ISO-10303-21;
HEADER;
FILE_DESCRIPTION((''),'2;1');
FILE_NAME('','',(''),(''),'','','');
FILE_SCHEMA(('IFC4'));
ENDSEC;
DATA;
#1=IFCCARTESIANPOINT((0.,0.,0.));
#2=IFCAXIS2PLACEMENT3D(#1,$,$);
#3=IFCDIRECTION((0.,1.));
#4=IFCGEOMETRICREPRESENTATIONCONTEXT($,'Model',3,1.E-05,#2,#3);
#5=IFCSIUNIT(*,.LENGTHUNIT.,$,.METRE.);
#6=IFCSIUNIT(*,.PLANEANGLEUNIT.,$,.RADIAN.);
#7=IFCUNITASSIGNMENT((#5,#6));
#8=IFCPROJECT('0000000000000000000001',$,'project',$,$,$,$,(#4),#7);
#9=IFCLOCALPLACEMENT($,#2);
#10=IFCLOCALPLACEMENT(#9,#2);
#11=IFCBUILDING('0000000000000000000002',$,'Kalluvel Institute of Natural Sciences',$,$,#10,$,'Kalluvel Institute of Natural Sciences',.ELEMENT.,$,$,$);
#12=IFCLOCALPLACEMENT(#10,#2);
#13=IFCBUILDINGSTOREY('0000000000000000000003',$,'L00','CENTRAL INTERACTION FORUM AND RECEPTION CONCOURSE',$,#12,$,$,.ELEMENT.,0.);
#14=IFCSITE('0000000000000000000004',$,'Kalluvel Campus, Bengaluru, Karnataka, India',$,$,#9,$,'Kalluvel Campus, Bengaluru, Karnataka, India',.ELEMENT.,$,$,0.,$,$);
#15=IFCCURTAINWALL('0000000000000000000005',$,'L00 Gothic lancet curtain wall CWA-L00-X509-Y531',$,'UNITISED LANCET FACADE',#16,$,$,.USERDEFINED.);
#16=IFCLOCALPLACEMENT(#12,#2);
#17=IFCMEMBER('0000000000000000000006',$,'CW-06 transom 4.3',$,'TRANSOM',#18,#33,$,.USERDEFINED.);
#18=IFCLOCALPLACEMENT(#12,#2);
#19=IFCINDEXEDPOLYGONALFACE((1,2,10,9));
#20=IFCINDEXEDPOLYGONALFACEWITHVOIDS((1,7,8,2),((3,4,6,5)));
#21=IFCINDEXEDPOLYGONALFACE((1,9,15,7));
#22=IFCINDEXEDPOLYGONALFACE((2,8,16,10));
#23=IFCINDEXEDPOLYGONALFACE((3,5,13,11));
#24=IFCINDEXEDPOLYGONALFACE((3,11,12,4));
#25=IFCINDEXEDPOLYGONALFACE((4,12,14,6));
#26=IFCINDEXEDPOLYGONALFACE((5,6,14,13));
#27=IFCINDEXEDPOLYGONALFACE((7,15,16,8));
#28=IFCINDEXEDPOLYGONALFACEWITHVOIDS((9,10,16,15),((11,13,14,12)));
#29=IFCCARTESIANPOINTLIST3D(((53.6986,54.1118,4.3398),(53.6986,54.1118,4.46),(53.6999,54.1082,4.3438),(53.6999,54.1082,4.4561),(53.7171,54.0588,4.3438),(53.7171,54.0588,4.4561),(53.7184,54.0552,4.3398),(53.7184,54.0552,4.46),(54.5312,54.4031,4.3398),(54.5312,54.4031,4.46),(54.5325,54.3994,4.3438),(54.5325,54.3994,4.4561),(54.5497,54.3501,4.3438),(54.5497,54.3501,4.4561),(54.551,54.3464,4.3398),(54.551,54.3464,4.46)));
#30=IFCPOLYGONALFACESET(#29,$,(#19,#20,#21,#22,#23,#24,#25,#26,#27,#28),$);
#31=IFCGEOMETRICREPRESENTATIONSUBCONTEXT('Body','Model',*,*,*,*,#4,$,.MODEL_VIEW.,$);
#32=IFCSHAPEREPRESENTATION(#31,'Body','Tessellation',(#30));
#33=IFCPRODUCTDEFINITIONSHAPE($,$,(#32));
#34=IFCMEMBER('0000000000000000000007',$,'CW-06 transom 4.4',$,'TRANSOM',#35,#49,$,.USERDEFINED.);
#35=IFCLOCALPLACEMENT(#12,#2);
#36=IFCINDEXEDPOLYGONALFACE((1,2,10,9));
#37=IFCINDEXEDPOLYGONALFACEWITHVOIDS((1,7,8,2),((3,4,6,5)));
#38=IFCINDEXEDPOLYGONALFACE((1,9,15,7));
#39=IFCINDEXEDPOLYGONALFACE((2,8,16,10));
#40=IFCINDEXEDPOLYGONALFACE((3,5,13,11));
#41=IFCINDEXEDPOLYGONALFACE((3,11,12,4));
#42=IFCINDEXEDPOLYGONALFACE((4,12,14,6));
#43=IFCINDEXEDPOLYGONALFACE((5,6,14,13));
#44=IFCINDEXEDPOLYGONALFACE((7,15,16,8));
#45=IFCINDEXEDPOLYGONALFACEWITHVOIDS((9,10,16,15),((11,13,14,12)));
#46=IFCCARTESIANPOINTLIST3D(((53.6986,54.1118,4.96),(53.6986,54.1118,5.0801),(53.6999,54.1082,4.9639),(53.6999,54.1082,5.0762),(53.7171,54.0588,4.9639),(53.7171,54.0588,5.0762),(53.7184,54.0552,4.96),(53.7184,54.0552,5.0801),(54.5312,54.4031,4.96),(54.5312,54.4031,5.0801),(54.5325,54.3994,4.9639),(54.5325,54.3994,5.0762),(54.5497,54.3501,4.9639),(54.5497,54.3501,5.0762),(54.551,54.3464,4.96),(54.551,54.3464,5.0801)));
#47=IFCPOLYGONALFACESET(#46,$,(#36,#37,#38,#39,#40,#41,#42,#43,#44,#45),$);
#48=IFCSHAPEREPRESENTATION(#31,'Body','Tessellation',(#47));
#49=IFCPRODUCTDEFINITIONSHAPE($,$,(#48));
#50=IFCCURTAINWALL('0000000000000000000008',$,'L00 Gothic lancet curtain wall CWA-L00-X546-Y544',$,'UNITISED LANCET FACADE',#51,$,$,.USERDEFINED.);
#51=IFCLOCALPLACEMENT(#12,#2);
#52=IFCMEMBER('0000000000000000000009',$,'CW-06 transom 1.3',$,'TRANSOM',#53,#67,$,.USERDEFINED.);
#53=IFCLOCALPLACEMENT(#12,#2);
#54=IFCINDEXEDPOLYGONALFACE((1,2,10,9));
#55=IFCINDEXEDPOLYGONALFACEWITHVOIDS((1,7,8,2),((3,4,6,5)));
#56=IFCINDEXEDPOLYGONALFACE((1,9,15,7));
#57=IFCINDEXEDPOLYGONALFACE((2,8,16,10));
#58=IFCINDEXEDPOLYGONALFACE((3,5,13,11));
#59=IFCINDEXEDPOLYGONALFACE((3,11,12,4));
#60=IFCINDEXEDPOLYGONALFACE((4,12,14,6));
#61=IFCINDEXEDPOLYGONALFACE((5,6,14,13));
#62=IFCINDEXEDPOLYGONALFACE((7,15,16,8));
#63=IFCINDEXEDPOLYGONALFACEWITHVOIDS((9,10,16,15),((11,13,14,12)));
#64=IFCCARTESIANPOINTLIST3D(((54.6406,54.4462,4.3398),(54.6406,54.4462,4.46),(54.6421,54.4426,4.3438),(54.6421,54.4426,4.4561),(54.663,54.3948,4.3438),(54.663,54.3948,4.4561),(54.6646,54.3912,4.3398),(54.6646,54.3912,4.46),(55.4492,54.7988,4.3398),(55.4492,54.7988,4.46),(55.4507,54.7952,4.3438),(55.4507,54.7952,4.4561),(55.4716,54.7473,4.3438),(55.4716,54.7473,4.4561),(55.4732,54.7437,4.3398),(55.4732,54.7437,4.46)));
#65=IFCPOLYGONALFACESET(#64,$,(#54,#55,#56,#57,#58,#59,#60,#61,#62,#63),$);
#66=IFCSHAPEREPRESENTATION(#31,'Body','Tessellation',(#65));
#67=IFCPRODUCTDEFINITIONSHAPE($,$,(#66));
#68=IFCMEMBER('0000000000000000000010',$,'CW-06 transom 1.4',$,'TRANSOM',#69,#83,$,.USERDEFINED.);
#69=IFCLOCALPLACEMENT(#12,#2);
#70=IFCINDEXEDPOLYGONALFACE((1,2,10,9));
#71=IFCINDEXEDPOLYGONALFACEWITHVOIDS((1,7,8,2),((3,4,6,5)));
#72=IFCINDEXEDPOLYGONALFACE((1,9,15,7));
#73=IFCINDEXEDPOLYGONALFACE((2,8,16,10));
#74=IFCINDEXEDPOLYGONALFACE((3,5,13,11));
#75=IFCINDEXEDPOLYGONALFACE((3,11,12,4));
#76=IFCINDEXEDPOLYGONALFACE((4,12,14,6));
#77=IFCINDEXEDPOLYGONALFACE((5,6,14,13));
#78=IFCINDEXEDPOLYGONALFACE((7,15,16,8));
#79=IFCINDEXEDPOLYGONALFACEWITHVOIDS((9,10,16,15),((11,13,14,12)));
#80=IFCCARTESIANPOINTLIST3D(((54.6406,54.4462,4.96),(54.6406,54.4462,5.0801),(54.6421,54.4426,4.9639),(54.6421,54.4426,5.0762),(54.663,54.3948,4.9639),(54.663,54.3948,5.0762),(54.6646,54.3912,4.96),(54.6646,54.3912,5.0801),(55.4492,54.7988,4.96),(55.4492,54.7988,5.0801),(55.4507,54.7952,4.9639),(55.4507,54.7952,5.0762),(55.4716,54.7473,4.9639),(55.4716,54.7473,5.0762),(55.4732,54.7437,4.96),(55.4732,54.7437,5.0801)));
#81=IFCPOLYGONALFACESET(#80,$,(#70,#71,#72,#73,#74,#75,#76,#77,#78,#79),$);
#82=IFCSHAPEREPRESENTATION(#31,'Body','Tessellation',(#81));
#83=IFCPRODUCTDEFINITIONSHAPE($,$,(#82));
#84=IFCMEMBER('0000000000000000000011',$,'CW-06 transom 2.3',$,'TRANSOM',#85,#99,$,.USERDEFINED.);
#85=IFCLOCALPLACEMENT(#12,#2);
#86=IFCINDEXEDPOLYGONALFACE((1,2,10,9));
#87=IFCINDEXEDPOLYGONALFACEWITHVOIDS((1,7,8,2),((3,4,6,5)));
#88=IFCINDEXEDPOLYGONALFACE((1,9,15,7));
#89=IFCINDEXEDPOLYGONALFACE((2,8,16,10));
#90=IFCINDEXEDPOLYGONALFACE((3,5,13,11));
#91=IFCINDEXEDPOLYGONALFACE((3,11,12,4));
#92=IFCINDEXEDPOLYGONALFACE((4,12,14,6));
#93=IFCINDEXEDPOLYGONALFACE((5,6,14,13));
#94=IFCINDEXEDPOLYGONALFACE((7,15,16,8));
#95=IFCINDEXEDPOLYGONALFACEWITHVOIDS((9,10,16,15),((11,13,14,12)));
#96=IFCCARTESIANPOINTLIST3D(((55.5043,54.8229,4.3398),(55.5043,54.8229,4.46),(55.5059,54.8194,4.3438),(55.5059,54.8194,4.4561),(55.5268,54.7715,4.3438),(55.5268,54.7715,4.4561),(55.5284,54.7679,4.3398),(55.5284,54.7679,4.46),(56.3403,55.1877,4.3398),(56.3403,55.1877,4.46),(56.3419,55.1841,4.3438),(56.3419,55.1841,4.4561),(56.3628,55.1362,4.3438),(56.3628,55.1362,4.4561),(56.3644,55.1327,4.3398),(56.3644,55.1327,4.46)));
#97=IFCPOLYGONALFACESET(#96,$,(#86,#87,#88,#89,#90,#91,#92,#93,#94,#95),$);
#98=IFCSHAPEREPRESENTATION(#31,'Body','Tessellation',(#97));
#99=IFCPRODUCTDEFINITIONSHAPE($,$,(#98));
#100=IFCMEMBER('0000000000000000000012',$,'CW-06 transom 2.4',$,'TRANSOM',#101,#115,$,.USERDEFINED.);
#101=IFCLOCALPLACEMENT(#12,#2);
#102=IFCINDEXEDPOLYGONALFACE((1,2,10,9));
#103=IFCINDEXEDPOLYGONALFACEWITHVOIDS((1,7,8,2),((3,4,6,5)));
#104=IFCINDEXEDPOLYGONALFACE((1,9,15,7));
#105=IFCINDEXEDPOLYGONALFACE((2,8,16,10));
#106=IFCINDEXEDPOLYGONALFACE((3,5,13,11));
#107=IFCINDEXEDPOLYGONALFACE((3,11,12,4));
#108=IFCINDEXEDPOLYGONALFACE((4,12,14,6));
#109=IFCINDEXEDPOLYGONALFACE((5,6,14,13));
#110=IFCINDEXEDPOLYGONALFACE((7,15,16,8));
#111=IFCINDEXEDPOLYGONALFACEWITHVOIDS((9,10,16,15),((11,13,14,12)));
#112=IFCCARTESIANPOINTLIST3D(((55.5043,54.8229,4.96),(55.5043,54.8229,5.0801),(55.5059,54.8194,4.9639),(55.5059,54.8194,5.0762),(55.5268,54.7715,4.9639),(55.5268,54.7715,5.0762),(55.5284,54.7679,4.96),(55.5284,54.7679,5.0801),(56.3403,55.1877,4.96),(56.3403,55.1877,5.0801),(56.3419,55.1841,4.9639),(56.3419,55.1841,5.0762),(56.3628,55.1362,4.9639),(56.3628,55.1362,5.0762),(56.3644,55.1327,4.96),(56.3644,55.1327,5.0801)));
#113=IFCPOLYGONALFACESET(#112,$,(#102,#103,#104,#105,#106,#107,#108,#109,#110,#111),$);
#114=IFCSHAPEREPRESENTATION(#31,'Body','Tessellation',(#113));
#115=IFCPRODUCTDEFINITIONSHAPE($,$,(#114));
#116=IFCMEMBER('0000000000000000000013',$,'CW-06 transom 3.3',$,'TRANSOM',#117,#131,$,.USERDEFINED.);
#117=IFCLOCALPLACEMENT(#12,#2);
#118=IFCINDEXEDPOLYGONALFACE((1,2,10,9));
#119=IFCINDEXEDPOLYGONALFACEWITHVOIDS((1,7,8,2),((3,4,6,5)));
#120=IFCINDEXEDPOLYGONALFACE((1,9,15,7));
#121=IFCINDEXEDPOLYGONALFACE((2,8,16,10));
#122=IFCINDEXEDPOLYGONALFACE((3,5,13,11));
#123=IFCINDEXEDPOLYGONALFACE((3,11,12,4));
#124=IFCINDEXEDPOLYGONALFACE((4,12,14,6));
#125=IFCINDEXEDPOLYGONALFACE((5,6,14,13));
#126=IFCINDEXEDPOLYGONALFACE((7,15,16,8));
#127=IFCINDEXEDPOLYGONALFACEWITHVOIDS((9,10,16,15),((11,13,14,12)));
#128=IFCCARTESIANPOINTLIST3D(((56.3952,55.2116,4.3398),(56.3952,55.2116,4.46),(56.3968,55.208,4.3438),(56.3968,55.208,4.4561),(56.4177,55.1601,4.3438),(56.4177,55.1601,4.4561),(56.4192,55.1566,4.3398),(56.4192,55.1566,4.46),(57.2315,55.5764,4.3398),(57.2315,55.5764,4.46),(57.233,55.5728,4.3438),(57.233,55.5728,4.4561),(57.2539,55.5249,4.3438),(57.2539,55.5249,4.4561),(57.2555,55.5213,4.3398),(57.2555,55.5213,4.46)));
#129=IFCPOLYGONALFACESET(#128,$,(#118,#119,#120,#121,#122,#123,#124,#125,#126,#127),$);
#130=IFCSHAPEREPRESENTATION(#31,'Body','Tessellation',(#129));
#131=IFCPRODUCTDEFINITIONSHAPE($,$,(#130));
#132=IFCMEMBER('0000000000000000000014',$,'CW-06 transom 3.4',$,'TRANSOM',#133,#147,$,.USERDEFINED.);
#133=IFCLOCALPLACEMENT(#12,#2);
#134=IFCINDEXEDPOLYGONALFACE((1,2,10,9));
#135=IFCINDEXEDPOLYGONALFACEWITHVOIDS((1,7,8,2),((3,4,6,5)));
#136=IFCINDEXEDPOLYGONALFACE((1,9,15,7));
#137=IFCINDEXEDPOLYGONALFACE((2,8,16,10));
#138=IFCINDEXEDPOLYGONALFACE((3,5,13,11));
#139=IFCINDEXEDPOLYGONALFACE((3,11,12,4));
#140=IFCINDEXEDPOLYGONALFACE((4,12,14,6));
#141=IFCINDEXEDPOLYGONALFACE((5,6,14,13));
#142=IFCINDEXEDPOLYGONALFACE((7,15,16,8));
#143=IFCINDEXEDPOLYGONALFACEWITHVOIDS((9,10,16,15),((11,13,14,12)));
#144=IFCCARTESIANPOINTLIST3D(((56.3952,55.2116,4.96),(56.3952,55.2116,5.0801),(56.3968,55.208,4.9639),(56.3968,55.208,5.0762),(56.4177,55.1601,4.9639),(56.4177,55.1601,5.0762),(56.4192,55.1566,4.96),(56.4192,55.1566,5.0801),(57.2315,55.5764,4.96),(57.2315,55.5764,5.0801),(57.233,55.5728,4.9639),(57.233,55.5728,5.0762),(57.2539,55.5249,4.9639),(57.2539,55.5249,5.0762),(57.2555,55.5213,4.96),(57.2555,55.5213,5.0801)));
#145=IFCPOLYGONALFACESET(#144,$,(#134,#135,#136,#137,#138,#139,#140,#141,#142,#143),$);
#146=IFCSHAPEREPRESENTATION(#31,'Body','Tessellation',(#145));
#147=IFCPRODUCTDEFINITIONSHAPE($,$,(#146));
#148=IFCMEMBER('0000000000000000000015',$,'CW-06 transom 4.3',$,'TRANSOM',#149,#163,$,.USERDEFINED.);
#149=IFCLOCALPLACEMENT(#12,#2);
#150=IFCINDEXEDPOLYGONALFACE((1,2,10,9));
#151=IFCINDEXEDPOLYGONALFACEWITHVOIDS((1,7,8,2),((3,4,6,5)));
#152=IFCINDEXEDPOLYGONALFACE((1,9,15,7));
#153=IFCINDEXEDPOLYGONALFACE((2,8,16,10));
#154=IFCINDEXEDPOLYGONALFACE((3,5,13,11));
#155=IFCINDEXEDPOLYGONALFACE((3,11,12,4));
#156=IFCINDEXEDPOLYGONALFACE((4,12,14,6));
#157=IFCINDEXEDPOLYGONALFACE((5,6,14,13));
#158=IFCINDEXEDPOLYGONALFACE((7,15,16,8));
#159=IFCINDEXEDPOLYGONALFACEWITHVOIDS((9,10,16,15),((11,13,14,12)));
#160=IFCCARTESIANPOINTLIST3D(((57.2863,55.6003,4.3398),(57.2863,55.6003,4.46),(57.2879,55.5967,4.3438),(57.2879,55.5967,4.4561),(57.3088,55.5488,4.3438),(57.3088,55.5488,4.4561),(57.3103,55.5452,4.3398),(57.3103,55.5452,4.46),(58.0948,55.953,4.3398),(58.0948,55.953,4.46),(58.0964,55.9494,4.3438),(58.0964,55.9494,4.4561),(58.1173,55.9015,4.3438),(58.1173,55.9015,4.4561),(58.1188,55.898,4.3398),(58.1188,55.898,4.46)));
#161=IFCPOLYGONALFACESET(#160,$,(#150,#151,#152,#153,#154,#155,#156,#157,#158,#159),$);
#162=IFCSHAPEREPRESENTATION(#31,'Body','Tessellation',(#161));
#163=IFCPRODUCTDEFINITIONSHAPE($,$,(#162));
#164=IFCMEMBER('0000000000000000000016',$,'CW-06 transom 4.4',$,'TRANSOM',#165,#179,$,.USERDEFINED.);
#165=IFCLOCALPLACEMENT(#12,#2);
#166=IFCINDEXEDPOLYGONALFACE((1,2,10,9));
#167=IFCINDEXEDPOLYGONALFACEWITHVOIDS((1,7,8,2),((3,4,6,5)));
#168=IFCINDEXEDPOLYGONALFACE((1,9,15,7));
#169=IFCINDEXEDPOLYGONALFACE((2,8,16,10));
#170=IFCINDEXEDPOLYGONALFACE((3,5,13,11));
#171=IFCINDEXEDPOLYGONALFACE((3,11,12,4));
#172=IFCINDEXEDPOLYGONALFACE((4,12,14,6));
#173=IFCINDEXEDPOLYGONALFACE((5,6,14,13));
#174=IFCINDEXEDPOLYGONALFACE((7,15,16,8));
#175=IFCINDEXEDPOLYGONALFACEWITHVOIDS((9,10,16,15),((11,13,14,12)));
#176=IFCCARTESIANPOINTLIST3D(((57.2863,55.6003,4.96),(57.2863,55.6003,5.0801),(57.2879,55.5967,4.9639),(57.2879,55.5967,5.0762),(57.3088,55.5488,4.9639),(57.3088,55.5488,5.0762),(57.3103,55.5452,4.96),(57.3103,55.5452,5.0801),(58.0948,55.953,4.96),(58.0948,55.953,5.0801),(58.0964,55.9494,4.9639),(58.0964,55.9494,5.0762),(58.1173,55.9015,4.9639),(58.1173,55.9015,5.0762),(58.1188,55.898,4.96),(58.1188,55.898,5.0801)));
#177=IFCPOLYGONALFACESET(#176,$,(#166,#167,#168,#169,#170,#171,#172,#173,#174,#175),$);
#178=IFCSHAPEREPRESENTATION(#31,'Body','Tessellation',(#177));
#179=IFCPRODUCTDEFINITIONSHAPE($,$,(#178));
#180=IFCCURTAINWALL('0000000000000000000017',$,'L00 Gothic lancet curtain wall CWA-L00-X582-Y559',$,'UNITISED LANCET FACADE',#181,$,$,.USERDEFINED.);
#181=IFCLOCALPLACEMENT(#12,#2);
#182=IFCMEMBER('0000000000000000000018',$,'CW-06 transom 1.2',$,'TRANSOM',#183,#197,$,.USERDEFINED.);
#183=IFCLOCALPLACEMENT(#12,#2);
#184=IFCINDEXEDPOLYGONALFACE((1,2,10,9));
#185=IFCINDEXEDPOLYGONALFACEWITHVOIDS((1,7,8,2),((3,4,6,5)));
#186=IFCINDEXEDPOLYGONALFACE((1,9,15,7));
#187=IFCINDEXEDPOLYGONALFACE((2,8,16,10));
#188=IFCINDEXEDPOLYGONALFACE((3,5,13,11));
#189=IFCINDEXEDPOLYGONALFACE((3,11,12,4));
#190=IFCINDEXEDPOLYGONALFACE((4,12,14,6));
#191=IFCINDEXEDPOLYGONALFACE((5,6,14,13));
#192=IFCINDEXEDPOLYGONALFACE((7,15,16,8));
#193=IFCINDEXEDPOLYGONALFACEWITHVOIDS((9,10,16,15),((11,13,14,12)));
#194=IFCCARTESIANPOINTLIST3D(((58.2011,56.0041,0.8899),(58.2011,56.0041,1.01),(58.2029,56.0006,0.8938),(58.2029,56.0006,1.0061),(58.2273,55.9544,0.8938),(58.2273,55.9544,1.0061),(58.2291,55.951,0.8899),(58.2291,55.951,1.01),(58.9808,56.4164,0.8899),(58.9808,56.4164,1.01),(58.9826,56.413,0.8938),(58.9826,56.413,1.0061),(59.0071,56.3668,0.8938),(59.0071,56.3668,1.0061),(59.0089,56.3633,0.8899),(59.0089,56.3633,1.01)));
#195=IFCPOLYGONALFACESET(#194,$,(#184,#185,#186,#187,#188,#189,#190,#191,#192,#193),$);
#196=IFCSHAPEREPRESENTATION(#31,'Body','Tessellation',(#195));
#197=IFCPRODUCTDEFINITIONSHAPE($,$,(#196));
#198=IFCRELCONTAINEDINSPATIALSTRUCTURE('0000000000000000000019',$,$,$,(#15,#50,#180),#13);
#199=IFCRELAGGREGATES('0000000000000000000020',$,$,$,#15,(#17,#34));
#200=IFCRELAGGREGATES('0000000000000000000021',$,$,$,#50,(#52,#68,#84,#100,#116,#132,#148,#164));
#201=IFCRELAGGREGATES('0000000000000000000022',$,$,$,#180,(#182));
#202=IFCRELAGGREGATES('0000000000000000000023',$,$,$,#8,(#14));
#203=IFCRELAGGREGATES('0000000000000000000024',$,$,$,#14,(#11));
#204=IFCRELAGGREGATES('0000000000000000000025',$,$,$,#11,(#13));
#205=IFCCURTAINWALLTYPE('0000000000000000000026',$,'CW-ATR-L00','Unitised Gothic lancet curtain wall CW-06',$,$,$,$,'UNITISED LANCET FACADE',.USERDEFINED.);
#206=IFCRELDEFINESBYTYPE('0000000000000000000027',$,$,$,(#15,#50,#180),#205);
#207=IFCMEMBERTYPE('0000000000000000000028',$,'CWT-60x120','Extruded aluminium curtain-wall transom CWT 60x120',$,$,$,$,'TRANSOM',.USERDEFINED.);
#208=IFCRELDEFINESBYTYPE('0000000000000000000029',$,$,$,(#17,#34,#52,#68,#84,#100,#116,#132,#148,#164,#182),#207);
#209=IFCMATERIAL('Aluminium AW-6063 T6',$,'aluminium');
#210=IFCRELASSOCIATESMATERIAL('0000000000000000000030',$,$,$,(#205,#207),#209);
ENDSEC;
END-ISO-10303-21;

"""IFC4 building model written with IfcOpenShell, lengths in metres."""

from ifc_helpers import new_model, si_unit, direction, frame, origin, origin_2d, place, context, subcontext, project, spatial, hollow_rectangle, extrude, material, material_profile, profile_set, type_object, element, aggregate, save


model = new_model("IFC4")

# Units and contexts
model_context = context("Model", 3, precision=1e-05, world=origin(), true_north=direction((0.0, 1.0)))
body_context = subcontext(model_context, "Body", "Model", "MODEL_VIEW")
ifc_project = project(units=[si_unit("LENGTHUNIT", "METRE"), si_unit("PLANEANGLEUNIT", "RADIAN")], contexts=[model_context])

# Site, building, storey
site_placement = place(None, origin())
site = spatial("IfcSite", under=ifc_project, at=site_placement, Name="Kalluvel Campus, Bengaluru, Karnataka, India", LongName="Kalluvel Campus, Bengaluru, Karnataka, India", CompositionType="ELEMENT", RefElevation=0.0)
building_placement = place(site_placement, origin())
building = spatial("IfcBuilding", under=site, at=building_placement, Name="Kalluvel Institute of Natural Sciences", LongName="Kalluvel Institute of Natural Sciences", CompositionType="ELEMENT")
storey_placement = place(building_placement, origin())
storey = spatial("IfcBuildingStorey", under=building, at=storey_placement, Name="L00", Description="CENTRAL INTERACTION FORUM AND RECEPTION CONCOURSE", CompositionType="ELEMENT", Elevation=0.0)

# Curtain walls, members
ifc_material_1 = material(Name="Aluminium AW-6063 T6", Category="aluminium")
curtain_wall_type = type_object("IfcCurtainWallType", Name="CW-ATR-L00", Description="Unitised Gothic lancet curtain wall CW-06", ElementType="UNITISED LANCET FACADE", PredefinedType="USERDEFINED", material=ifc_material_1)
curtain_wall_1_placement = place(storey_placement, origin())
curtain_wall_1 = element("IfcCurtainWall", 1, at=curtain_wall_1_placement, inside=storey, type_object=curtain_wall_type, Name="L00 Gothic lancet curtain wall CWA-L00-X509-Y531", ObjectType="UNITISED LANCET FACADE", PredefinedType="USERDEFINED")
ifc_material_profile = material_profile(ifc_material_1, hollow_rectangle(XDim=0.0601, YDim=0.1201, WallThickness=0.0039, at=origin_2d()), Name="CWT 60x120")
ifc_profile_set = profile_set([ifc_material_profile], Name="Aluminium AW-6063 T6")
member_type = type_object("IfcMemberType", Name="CWT-60x120", Description="Extruded aluminium curtain-wall transom CWT 60x120", ElementType="TRANSOM", PredefinedType="USERDEFINED", material=ifc_profile_set)
member_1_placement = place(storey_placement, frame((53.7085, 54.0835, 4.3999), z_axis=(0.943902, 0.330227, 0.0), x_axis=(-0.330227, 0.943902, 0.0)))
member_1 = element("IfcMember", 2, at=member_1_placement, type_object=member_type, Name="CW-06 transom 4.3", ObjectType="TRANSOM", PredefinedType="USERDEFINED", context=body_context, shape_type="SweptSolid", body=[
    extrude(hollow_rectangle(XDim=0.0601, YDim=0.1201, WallThickness=0.0039, at=origin_2d()), origin(), (0.0, 0.0, 1.0), 0.8821),
])
member_2_placement = place(storey_placement, frame((53.7085, 54.0835, 5.02), z_axis=(0.943902, 0.330227, 0.0), x_axis=(-0.330227, 0.943902, 0.0)))
member_2 = element("IfcMember", 3, at=member_2_placement, type_object=member_type, Name="CW-06 transom 4.4", ObjectType="TRANSOM", PredefinedType="USERDEFINED", context=body_context, shape_type="SweptSolid", body=[
    extrude(hollow_rectangle(XDim=0.0601, YDim=0.1201, WallThickness=0.0039, at=origin_2d()), origin(), (0.0, 0.0, 1.0), 0.8821),
])
curtain_wall_2_placement = place(storey_placement, origin())
curtain_wall_2 = element("IfcCurtainWall", 4, at=curtain_wall_2_placement, inside=storey, type_object=curtain_wall_type, Name="L00 Gothic lancet curtain wall CWA-L00-X546-Y544", ObjectType="UNITISED LANCET FACADE", PredefinedType="USERDEFINED")
member_3_placement = place(storey_placement, frame((54.6526, 54.4187, 4.3999), z_axis=(0.916665, 0.399657, 0.0), x_axis=(-0.399657, 0.916665, 0.0)))
member_3 = element("IfcMember", 5, at=member_3_placement, type_object=member_type, Name="CW-06 transom 1.3", ObjectType="TRANSOM", PredefinedType="USERDEFINED", context=body_context, shape_type="SweptSolid", body=[
    extrude(hollow_rectangle(XDim=0.0601, YDim=0.1201, WallThickness=0.0039, at=origin_2d()), origin(), (0.0, 0.0, 1.0), 0.8821),
])
member_4_placement = place(storey_placement, frame((54.6526, 54.4187, 5.02), z_axis=(0.916665, 0.399657, 0.0), x_axis=(-0.399657, 0.916665, 0.0)))
member_4 = element("IfcMember", 6, at=member_4_placement, type_object=member_type, Name="CW-06 transom 1.4", ObjectType="TRANSOM", PredefinedType="USERDEFINED", context=body_context, shape_type="SweptSolid", body=[
    extrude(hollow_rectangle(XDim=0.0601, YDim=0.1201, WallThickness=0.0039, at=origin_2d()), origin(), (0.0, 0.0, 1.0), 0.8821),
])
member_5_placement = place(storey_placement, frame((55.5164, 54.7954, 4.3999), z_axis=(0.91655, 0.39992, 0.0), x_axis=(-0.39992, 0.91655, 0.0)))
member_5 = element("IfcMember", 7, at=member_5_placement, type_object=member_type, Name="CW-06 transom 2.3", ObjectType="TRANSOM", PredefinedType="USERDEFINED", context=body_context, shape_type="SweptSolid", body=[
    extrude(hollow_rectangle(XDim=0.0601, YDim=0.1201, WallThickness=0.0039, at=origin_2d()), origin(), (0.0, 0.0, 1.0), 0.9121),
])
member_6_placement = place(storey_placement, frame((55.5164, 54.7954, 5.02), z_axis=(0.91655, 0.39992, 0.0), x_axis=(-0.39992, 0.91655, 0.0)))
member_6 = element("IfcMember", 8, at=member_6_placement, type_object=member_type, Name="CW-06 transom 2.4", ObjectType="TRANSOM", PredefinedType="USERDEFINED", context=body_context, shape_type="SweptSolid", body=[
    extrude(hollow_rectangle(XDim=0.0601, YDim=0.1201, WallThickness=0.0039, at=origin_2d()), origin(), (0.0, 0.0, 1.0), 0.9121),
])
member_7_placement = place(storey_placement, frame((56.4072, 55.1841, 4.3999), z_axis=(0.916593, 0.399822, 0.0), x_axis=(-0.399822, 0.916593, 0.0)))
member_7 = element("IfcMember", 9, at=member_7_placement, type_object=member_type, Name="CW-06 transom 3.3", ObjectType="TRANSOM", PredefinedType="USERDEFINED", context=body_context, shape_type="SweptSolid", body=[
    extrude(hollow_rectangle(XDim=0.0601, YDim=0.1201, WallThickness=0.0039, at=origin_2d()), origin(), (0.0, 0.0, 1.0), 0.9124),
])
member_8_placement = place(storey_placement, frame((56.4072, 55.1841, 5.02), z_axis=(0.916593, 0.399822, 0.0), x_axis=(-0.399822, 0.916593, 0.0)))
member_8 = element("IfcMember", 10, at=member_8_placement, type_object=member_type, Name="CW-06 transom 3.4", ObjectType="TRANSOM", PredefinedType="USERDEFINED", context=body_context, shape_type="SweptSolid", body=[
    extrude(hollow_rectangle(XDim=0.0601, YDim=0.1201, WallThickness=0.0039, at=origin_2d()), origin(), (0.0, 0.0, 1.0), 0.9124),
])
member_9_placement = place(storey_placement, frame((57.2983, 55.5728, 4.3999), z_axis=(0.916563, 0.39989, 0.0), x_axis=(-0.39989, 0.916563, 0.0)))
member_9 = element("IfcMember", 11, at=member_9_placement, type_object=member_type, Name="CW-06 transom 4.3", ObjectType="TRANSOM", PredefinedType="USERDEFINED", context=body_context, shape_type="SweptSolid", body=[
    extrude(hollow_rectangle(XDim=0.0601, YDim=0.1201, WallThickness=0.0039, at=origin_2d()), origin(), (0.0, 0.0, 1.0), 0.8821),
])
member_10_placement = place(storey_placement, frame((57.2983, 55.5728, 5.02), z_axis=(0.916563, 0.39989, 0.0), x_axis=(-0.39989, 0.916563, 0.0)))
member_10 = element("IfcMember", 12, at=member_10_placement, type_object=member_type, Name="CW-06 transom 4.4", ObjectType="TRANSOM", PredefinedType="USERDEFINED", context=body_context, shape_type="SweptSolid", body=[
    extrude(hollow_rectangle(XDim=0.0601, YDim=0.1201, WallThickness=0.0039, at=origin_2d()), origin(), (0.0, 0.0, 1.0), 0.8821),
])
curtain_wall_3_placement = place(storey_placement, origin())
curtain_wall_3 = element("IfcCurtainWall", 13, at=curtain_wall_3_placement, inside=storey, type_object=curtain_wall_type, Name="L00 Gothic lancet curtain wall CWA-L00-X582-Y559", ObjectType="UNITISED LANCET FACADE", PredefinedType="USERDEFINED")
member_11_placement = place(storey_placement, frame((58.2151, 55.9775, 0.95), z_axis=(0.88401, 0.467468, 0.0), x_axis=(-0.467468, 0.88401, 0.0)))
member_11 = element("IfcMember", 14, at=member_11_placement, type_object=member_type, Name="CW-06 transom 1.2", ObjectType="TRANSOM", PredefinedType="USERDEFINED", context=body_context, shape_type="SweptSolid", body=[
    extrude(hollow_rectangle(XDim=0.0601, YDim=0.1201, WallThickness=0.0039, at=origin_2d()), origin(), (0.0, 0.0, 1.0), 0.8821),
])

aggregate(curtain_wall_1, [member_1, member_2])
aggregate(curtain_wall_2, [member_3, member_4, member_5, member_6, member_7, member_8, member_9, member_10])
aggregate(curtain_wall_3, [member_11])

save(model, "model.ifc")
